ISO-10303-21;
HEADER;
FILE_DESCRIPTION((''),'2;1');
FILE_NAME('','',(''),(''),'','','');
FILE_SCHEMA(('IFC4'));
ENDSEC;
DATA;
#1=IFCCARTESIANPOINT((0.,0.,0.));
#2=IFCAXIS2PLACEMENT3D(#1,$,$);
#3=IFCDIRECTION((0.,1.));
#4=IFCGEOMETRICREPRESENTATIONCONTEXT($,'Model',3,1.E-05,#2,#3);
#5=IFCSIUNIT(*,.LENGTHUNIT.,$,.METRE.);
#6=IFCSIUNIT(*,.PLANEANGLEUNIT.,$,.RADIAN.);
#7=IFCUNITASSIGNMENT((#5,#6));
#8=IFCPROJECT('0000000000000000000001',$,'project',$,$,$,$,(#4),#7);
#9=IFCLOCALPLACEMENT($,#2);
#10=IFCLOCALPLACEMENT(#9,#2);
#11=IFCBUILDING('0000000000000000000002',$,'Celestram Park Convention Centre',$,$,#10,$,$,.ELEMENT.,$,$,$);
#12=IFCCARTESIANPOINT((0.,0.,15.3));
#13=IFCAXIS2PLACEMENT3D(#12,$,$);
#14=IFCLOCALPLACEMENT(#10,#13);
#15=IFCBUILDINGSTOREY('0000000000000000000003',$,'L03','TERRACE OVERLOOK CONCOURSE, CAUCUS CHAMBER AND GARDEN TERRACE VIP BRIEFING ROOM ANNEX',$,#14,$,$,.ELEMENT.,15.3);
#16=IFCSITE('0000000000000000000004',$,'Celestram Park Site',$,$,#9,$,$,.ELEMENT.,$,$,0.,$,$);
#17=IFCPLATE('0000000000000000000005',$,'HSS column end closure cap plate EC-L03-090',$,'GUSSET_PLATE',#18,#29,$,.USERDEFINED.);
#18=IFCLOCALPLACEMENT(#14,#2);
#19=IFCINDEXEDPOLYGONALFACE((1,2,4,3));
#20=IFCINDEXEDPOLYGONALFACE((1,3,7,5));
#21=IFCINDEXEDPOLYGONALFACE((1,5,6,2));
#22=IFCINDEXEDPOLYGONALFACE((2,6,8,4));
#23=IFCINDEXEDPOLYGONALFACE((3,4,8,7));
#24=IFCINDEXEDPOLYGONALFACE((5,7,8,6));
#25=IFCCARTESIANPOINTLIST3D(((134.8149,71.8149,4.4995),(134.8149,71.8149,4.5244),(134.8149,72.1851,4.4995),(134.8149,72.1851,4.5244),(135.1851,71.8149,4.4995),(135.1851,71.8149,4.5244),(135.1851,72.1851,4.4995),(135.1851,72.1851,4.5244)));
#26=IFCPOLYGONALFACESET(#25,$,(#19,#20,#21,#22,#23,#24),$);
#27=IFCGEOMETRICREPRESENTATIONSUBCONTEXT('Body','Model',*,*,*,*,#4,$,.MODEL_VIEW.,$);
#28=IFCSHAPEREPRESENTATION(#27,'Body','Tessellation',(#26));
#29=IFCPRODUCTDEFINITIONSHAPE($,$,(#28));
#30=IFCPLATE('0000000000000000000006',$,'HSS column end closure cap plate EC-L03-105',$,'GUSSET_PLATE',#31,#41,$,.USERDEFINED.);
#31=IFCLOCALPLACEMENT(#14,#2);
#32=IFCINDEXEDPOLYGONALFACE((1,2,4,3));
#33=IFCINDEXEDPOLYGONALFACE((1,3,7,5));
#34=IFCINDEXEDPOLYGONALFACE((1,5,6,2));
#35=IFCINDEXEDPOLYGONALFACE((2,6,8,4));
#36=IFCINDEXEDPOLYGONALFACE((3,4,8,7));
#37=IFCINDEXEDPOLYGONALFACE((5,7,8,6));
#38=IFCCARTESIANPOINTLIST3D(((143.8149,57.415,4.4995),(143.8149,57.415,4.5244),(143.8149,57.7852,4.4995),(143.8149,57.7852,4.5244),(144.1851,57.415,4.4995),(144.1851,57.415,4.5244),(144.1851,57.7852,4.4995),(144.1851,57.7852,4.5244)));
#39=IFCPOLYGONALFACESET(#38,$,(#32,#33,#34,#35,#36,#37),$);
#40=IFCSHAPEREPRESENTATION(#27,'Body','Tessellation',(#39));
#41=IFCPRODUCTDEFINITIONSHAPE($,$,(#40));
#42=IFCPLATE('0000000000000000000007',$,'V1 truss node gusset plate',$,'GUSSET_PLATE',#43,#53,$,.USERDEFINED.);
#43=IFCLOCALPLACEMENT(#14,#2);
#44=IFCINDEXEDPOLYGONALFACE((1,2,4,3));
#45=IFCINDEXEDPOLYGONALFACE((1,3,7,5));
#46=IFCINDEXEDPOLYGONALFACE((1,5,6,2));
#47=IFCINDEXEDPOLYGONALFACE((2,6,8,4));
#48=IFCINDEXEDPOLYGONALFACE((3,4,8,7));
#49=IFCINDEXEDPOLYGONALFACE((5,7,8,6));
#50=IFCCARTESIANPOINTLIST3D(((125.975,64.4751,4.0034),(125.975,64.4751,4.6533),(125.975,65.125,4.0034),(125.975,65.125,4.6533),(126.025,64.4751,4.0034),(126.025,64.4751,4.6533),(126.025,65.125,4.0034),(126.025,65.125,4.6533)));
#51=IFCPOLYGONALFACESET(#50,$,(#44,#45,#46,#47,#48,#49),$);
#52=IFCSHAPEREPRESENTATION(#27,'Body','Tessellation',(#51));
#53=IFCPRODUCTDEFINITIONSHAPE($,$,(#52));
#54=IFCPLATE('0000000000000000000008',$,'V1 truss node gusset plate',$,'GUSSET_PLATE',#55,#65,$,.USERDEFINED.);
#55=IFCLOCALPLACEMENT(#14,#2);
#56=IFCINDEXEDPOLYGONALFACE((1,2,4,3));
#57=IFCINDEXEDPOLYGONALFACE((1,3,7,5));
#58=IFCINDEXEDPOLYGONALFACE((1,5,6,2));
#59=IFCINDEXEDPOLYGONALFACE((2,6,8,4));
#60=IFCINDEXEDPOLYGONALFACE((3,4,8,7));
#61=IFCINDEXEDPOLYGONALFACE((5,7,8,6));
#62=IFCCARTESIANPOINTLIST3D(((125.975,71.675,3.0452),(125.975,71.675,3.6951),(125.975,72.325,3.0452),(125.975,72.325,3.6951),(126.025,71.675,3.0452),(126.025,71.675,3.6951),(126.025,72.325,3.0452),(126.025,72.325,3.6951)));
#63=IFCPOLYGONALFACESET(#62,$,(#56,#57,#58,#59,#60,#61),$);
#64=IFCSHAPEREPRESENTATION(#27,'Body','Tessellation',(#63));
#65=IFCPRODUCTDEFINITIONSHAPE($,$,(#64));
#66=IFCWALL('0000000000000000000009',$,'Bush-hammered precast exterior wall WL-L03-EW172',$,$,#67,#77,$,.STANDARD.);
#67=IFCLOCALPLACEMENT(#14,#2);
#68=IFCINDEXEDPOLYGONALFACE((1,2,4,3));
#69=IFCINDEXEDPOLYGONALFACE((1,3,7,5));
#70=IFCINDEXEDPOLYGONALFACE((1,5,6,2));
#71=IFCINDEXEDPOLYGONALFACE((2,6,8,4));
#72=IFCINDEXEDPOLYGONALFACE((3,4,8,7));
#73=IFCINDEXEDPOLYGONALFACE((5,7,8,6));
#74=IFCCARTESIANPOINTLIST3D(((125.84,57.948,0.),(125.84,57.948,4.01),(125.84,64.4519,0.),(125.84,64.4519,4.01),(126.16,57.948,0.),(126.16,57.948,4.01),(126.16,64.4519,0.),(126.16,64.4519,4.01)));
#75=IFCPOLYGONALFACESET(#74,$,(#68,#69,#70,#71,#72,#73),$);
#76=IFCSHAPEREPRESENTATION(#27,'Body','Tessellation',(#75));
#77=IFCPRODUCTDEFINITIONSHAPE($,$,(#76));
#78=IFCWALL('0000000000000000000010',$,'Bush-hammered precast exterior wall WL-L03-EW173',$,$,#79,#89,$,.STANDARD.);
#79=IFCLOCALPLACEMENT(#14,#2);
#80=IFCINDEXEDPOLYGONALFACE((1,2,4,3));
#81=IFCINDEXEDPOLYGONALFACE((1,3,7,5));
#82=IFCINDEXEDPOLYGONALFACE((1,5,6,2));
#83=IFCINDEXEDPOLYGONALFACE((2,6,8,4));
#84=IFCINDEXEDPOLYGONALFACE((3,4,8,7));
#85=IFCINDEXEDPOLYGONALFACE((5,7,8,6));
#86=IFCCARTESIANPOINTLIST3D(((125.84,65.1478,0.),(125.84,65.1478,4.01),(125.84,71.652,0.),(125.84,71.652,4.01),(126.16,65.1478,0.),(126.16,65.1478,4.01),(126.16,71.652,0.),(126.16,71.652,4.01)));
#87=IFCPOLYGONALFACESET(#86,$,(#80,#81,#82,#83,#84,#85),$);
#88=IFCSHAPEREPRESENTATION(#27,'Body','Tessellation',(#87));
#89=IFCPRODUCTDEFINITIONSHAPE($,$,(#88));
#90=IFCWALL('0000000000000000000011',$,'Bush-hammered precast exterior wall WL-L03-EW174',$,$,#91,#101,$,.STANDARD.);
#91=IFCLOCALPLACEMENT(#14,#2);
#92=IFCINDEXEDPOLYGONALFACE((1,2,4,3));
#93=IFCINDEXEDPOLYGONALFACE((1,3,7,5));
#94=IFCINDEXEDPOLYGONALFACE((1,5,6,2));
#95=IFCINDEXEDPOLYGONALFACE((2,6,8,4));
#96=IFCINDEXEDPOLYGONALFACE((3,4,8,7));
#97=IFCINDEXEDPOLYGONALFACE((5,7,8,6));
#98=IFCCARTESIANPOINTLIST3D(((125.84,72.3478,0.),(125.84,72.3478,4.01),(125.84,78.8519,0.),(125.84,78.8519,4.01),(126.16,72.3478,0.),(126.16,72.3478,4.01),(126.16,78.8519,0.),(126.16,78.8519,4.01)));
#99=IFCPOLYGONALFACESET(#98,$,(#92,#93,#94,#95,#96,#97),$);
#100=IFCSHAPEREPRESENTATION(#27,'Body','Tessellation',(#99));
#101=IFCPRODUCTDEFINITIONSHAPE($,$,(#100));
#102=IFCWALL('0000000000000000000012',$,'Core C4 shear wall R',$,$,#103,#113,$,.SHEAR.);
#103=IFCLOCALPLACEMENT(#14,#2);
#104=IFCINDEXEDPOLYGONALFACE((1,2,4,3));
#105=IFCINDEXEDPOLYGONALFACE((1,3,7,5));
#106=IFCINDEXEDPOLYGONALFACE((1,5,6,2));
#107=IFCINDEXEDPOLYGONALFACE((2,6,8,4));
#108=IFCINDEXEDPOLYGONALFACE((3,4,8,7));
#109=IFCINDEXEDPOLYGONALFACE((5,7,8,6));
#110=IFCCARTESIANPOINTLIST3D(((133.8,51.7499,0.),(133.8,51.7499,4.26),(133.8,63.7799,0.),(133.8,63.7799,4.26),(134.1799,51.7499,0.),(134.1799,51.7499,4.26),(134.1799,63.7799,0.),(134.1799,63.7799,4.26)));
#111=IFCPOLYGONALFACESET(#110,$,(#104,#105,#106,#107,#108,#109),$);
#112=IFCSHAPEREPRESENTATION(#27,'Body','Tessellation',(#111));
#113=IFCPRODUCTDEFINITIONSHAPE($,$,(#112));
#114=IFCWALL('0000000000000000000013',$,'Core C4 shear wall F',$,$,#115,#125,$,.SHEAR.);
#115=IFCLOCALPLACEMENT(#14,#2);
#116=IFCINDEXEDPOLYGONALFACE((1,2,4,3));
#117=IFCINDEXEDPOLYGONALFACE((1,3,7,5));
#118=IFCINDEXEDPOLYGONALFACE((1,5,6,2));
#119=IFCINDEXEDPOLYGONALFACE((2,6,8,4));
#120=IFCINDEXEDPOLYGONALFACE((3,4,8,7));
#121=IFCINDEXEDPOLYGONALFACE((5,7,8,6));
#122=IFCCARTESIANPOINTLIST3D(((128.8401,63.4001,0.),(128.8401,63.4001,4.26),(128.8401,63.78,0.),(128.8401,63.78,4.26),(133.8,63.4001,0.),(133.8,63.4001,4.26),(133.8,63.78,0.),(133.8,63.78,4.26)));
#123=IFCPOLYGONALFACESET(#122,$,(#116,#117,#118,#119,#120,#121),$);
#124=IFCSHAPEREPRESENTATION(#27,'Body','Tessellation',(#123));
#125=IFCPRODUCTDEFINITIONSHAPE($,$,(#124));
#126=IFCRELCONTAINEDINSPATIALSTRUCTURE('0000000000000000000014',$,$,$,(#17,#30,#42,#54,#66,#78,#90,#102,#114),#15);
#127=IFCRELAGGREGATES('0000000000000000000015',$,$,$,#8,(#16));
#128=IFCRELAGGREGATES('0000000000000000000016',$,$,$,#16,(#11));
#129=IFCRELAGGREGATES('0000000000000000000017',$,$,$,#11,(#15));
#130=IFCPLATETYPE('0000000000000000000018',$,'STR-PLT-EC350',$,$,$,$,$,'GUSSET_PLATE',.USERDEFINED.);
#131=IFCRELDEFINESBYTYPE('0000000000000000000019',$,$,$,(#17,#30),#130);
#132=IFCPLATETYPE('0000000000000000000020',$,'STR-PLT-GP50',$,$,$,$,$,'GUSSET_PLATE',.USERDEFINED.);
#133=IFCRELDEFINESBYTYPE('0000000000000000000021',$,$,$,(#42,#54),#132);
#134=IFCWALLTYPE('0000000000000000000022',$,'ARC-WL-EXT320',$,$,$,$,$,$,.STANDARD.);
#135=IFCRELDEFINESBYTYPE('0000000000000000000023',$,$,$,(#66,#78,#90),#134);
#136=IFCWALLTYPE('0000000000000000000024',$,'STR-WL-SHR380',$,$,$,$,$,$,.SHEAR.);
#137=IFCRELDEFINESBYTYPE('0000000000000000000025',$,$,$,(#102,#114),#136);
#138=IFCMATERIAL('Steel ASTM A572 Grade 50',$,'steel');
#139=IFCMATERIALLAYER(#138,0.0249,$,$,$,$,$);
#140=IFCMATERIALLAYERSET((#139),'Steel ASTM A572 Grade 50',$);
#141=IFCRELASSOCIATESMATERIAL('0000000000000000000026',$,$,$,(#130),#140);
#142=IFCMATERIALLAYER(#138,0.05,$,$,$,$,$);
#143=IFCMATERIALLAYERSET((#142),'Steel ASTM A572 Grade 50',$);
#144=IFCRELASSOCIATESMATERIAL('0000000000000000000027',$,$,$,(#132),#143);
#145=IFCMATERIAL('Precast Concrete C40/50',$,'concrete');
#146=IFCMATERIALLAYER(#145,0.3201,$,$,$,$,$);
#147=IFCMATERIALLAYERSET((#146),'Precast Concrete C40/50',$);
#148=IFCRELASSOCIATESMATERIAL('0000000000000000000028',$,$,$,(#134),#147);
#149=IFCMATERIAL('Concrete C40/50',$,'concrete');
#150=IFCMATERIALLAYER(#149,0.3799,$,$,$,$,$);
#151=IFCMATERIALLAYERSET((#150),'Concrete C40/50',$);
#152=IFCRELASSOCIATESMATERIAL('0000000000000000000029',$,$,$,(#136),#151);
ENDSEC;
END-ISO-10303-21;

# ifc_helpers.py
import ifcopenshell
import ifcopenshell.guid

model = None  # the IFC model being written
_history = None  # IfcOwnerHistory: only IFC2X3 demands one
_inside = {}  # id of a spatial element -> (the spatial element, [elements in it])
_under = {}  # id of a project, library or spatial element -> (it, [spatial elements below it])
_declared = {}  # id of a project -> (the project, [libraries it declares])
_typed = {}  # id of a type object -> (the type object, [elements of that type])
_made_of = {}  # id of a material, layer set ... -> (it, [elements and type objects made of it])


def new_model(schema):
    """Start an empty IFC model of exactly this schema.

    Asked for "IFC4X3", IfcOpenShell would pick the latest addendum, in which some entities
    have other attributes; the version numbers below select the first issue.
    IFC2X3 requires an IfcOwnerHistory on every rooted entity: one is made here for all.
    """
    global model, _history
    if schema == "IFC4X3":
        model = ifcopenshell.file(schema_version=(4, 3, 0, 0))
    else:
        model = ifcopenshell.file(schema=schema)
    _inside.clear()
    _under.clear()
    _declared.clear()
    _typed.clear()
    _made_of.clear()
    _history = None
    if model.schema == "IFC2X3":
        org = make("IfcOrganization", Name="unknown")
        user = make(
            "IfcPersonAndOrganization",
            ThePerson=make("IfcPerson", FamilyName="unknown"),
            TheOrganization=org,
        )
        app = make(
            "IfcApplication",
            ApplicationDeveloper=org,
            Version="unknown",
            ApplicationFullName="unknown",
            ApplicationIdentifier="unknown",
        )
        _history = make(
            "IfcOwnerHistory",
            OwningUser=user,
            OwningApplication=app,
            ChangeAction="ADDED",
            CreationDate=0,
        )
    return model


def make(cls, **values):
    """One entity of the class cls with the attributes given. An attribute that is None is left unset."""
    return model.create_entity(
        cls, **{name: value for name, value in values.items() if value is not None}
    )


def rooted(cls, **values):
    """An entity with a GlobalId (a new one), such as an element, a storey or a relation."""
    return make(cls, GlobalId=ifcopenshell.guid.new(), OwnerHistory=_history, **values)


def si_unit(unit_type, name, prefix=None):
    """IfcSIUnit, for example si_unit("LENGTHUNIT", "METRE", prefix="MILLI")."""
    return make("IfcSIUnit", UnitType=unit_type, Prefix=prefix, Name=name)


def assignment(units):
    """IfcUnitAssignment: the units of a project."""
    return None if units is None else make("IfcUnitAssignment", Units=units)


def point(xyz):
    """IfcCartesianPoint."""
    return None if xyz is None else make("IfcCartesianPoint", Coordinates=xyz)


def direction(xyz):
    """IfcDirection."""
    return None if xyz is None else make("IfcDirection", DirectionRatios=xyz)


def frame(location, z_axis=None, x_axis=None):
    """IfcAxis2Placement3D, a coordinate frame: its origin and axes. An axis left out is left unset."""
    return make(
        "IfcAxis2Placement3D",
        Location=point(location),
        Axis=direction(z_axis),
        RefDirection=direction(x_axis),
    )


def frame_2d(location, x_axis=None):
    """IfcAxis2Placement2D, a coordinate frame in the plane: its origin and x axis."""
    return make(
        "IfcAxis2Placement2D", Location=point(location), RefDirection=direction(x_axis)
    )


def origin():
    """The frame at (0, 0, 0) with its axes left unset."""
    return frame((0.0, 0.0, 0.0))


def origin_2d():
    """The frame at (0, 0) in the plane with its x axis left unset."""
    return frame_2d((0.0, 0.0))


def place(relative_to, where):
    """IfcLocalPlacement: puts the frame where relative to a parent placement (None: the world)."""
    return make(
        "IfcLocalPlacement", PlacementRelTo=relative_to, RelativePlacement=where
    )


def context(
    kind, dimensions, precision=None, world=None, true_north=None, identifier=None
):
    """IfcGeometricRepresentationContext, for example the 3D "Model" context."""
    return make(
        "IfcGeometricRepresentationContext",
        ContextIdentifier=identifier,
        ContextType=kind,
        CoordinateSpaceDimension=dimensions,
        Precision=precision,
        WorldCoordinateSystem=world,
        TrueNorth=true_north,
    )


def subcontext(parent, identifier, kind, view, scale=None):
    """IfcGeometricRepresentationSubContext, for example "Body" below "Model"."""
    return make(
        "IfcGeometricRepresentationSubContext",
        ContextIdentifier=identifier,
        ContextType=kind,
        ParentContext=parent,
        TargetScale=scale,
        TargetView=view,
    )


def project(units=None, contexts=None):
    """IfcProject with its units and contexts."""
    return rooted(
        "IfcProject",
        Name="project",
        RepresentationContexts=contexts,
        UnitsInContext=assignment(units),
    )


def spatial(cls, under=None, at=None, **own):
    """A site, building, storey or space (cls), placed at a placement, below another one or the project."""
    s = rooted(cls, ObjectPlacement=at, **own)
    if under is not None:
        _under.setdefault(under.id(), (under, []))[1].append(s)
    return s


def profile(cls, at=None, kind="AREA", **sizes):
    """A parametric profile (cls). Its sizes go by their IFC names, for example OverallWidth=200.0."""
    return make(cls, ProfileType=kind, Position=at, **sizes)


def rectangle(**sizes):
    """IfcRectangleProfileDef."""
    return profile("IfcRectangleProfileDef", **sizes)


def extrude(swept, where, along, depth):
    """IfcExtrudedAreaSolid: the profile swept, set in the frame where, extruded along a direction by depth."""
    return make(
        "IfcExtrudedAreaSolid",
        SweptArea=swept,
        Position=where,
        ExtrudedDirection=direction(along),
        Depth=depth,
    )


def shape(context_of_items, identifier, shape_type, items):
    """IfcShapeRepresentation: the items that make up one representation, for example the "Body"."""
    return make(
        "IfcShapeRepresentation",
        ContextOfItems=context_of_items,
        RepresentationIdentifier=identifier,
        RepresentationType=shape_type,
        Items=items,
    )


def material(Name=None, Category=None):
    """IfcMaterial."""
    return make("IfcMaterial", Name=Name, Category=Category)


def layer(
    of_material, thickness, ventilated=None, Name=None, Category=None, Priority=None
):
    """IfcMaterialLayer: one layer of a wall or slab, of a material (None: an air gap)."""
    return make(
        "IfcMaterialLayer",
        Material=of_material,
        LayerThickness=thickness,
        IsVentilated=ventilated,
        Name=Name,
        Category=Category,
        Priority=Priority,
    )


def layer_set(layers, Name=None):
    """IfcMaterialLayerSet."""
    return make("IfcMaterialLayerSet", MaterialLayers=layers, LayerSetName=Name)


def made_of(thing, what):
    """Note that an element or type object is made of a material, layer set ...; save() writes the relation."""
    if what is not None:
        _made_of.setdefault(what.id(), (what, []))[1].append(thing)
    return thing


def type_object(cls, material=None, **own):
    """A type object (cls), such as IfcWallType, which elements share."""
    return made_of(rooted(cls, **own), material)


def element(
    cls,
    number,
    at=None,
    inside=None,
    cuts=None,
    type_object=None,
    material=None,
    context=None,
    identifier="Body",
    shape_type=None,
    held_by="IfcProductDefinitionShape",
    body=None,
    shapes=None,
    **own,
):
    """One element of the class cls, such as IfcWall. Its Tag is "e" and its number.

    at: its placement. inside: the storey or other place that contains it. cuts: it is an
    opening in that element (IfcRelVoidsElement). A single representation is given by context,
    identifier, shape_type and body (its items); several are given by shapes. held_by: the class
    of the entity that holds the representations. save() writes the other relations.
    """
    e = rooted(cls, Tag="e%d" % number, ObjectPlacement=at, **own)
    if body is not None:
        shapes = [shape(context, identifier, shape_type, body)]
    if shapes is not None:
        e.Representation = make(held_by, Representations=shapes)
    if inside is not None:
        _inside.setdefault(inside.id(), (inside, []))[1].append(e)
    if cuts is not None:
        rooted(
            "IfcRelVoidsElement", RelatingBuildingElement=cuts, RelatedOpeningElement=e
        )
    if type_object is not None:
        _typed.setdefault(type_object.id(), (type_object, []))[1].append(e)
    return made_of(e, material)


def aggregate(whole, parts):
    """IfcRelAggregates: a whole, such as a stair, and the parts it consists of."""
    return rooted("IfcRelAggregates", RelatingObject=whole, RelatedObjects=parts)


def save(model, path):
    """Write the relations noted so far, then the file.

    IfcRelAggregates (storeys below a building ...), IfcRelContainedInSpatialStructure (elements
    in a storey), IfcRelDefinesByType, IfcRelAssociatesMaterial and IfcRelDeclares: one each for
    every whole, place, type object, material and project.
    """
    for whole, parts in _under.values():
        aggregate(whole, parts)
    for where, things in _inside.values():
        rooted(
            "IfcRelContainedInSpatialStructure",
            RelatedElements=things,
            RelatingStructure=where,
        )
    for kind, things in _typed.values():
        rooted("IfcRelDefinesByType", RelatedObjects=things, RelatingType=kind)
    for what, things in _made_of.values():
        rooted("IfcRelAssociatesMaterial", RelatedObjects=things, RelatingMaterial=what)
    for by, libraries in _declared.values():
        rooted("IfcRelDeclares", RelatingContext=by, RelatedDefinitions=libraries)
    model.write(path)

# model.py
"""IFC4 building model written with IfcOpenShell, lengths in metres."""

from ifc_helpers import new_model, si_unit, direction, frame, frame_2d, origin, origin_2d, place, context, subcontext, project, spatial, rectangle, extrude, material, layer, layer_set, type_object, element, save


model = new_model("IFC4")

# Units and contexts
model_context = context("Model", 3, precision=1e-05, world=origin(), true_north=direction((0.0, 1.0)))
body_context = subcontext(model_context, "Body", "Model", "MODEL_VIEW")
ifc_project = project(units=[si_unit("LENGTHUNIT", "METRE"), si_unit("PLANEANGLEUNIT", "RADIAN")], contexts=[model_context])

# Site, building, storey
site_placement = place(None, origin())
site = spatial("IfcSite", under=ifc_project, at=site_placement, Name="Celestram Park Site", CompositionType="ELEMENT", RefElevation=0.0)
building_placement = place(site_placement, origin())
building = spatial("IfcBuilding", under=site, at=building_placement, Name="Celestram Park Convention Centre", CompositionType="ELEMENT")
storey_placement = place(building_placement, frame((0.0, 0.0, 15.3)))
storey = spatial("IfcBuildingStorey", under=building, at=storey_placement, Name="L03", Description="TERRACE OVERLOOK CONCOURSE, CAUCUS CHAMBER AND GARDEN TERRACE VIP BRIEFING ROOM ANNEX", CompositionType="ELEMENT", Elevation=15.3)

# Shared definitions
ifc_material_1 = material(Name="Concrete C40/50", Category="concrete")

# Plates
ifc_material_2 = material(Name="Steel ASTM A572 Grade 50", Category="steel")
ifc_layer_1 = layer(ifc_material_2, 0.0249)
ifc_layer_set_1 = layer_set([ifc_layer_1], Name="Steel ASTM A572 Grade 50")
plate_type_1 = type_object("IfcPlateType", Name="STR-PLT-EC350", ElementType="GUSSET_PLATE", PredefinedType="USERDEFINED", material=ifc_layer_set_1)
for number, where, z_axis, x_axis, name in (
    (1, (135.0, 72.0, 4.4995), (0.0, 0.0, 1.0), (1.0, 0.0, 0.0), "HSS column end closure cap plate EC-L03-090"),
    (2, (144.0, 57.6001, 4.4995), (0.0, 0.0, 1.0), (1.0, 0.0, 0.0), "HSS column end closure cap plate EC-L03-105"),
):
    element("IfcPlate", number, at=place(storey_placement, frame(where, z_axis=z_axis, x_axis=x_axis)), inside=storey, type_object=plate_type_1, Name=name, ObjectType="GUSSET_PLATE", PredefinedType="USERDEFINED", context=body_context, shape_type="SweptSolid", body=[
        extrude(rectangle(XDim=0.3701, YDim=0.3701, at=origin_2d()), origin(), (0.0, 0.0, 1.0), 0.0249),
    ])
ifc_layer_2 = layer(ifc_material_2, 0.05)
ifc_layer_set_2 = layer_set([ifc_layer_2], Name="Steel ASTM A572 Grade 50")
plate_type_2 = type_object("IfcPlateType", Name="STR-PLT-GP50", ElementType="GUSSET_PLATE", PredefinedType="USERDEFINED", material=ifc_layer_set_2)
for number, where, z_axis, x_axis, name in (
    (3, (126.0, 64.8, 4.0034), (0.0, 0.0, 1.0), (0.0, 1.0, 0.0), "V1 truss node gusset plate"),
    (4, (126.0, 72.0, 3.0452), (0.0, 0.0, 1.0), (0.0, 1.0, 0.0), "V1 truss node gusset plate"),
):
    element("IfcPlate", number, at=place(storey_placement, frame(where, z_axis=z_axis, x_axis=x_axis)), inside=storey, type_object=plate_type_2, Name=name, ObjectType="GUSSET_PLATE", PredefinedType="USERDEFINED", context=body_context, shape_type="SweptSolid", body=[
        extrude(rectangle(XDim=0.6499, YDim=0.05, at=origin_2d()), origin(), (0.0, 0.0, 1.0), 0.6499),
    ])

# Walls
ifc_material_3 = material(Name="Precast Concrete C40/50", Category="concrete")
ifc_layer_3 = layer(ifc_material_3, 0.3201)
ifc_layer_set_3 = layer_set([ifc_layer_3], Name="Precast Concrete C40/50")
wall_type_1 = type_object("IfcWallType", Name="ARC-WL-EXT320", PredefinedType="STANDARD", material=ifc_layer_set_3)
wall_1_placement = place(storey_placement, frame((126.0, 57.948, 0.0), z_axis=(0.0, 0.0, 1.0), x_axis=(0.0, 1.0, 0.0)))
element("IfcWall", 5, at=wall_1_placement, inside=storey, type_object=wall_type_1, Name="Bush-hammered precast exterior wall WL-L03-EW172", PredefinedType="STANDARD", context=body_context, shape_type="SweptSolid", body=[
    extrude(rectangle(XDim=6.5039, YDim=0.3201, at=frame_2d((3.252, 0.0))), origin(), (0.0, 0.0, 1.0), 4.01),
])
for number, where, z_axis, x_axis, name in (
    (6, (126.0, 65.1479, 0.0), (0.0, 0.0, 1.0), (0.0, 1.0, 0.0), "Bush-hammered precast exterior wall WL-L03-EW173"),
    (7, (126.0, 72.3479, 0.0), (0.0, 0.0, 1.0), (0.0, 1.0, 0.0), "Bush-hammered precast exterior wall WL-L03-EW174"),
):
    element("IfcWall", number, at=place(storey_placement, frame(where, z_axis=z_axis, x_axis=x_axis)), inside=storey, type_object=wall_type_1, Name=name, PredefinedType="STANDARD", context=body_context, shape_type="SweptSolid", body=[
        extrude(rectangle(XDim=6.5042, YDim=0.3201, at=frame_2d((3.252, 0.0))), origin(), (0.0, 0.0, 1.0), 4.01),
    ])
ifc_layer_4 = layer(ifc_material_1, 0.3799)
ifc_layer_set_4 = layer_set([ifc_layer_4], Name="Concrete C40/50")
wall_type_2 = type_object("IfcWallType", Name="STR-WL-SHR380", PredefinedType="SHEAR", material=ifc_layer_set_4)
wall_2_placement = place(storey_placement, frame((133.99, 63.78, 0.0), z_axis=(0.0, 0.0, 1.0), x_axis=(0.0, -1.0, 0.0)))
element("IfcWall", 8, at=wall_2_placement, inside=storey, type_object=wall_type_2, Name="Core C4 shear wall R", PredefinedType="SHEAR", context=body_context, shape_type="SweptSolid", body=[
    extrude(rectangle(XDim=12.03, YDim=0.3799, at=frame_2d((6.0151, 0.0))), origin(), (0.0, 0.0, 1.0), 4.26),
])
wall_3_placement = place(storey_placement, frame((128.8401, 63.5901, 0.0), z_axis=(0.0, 0.0, 1.0), x_axis=(1.0, 0.0, 0.0)))
element("IfcWall", 9, at=wall_3_placement, inside=storey, type_object=wall_type_2, Name="Core C4 shear wall F", PredefinedType="SHEAR", context=body_context, shape_type="SweptSolid", body=[
    extrude(rectangle(XDim=4.96, YDim=0.3799, at=frame_2d((2.48, 0.0))), origin(), (0.0, 0.0, 1.0), 4.26),
])

save(model, "model.ifc")
